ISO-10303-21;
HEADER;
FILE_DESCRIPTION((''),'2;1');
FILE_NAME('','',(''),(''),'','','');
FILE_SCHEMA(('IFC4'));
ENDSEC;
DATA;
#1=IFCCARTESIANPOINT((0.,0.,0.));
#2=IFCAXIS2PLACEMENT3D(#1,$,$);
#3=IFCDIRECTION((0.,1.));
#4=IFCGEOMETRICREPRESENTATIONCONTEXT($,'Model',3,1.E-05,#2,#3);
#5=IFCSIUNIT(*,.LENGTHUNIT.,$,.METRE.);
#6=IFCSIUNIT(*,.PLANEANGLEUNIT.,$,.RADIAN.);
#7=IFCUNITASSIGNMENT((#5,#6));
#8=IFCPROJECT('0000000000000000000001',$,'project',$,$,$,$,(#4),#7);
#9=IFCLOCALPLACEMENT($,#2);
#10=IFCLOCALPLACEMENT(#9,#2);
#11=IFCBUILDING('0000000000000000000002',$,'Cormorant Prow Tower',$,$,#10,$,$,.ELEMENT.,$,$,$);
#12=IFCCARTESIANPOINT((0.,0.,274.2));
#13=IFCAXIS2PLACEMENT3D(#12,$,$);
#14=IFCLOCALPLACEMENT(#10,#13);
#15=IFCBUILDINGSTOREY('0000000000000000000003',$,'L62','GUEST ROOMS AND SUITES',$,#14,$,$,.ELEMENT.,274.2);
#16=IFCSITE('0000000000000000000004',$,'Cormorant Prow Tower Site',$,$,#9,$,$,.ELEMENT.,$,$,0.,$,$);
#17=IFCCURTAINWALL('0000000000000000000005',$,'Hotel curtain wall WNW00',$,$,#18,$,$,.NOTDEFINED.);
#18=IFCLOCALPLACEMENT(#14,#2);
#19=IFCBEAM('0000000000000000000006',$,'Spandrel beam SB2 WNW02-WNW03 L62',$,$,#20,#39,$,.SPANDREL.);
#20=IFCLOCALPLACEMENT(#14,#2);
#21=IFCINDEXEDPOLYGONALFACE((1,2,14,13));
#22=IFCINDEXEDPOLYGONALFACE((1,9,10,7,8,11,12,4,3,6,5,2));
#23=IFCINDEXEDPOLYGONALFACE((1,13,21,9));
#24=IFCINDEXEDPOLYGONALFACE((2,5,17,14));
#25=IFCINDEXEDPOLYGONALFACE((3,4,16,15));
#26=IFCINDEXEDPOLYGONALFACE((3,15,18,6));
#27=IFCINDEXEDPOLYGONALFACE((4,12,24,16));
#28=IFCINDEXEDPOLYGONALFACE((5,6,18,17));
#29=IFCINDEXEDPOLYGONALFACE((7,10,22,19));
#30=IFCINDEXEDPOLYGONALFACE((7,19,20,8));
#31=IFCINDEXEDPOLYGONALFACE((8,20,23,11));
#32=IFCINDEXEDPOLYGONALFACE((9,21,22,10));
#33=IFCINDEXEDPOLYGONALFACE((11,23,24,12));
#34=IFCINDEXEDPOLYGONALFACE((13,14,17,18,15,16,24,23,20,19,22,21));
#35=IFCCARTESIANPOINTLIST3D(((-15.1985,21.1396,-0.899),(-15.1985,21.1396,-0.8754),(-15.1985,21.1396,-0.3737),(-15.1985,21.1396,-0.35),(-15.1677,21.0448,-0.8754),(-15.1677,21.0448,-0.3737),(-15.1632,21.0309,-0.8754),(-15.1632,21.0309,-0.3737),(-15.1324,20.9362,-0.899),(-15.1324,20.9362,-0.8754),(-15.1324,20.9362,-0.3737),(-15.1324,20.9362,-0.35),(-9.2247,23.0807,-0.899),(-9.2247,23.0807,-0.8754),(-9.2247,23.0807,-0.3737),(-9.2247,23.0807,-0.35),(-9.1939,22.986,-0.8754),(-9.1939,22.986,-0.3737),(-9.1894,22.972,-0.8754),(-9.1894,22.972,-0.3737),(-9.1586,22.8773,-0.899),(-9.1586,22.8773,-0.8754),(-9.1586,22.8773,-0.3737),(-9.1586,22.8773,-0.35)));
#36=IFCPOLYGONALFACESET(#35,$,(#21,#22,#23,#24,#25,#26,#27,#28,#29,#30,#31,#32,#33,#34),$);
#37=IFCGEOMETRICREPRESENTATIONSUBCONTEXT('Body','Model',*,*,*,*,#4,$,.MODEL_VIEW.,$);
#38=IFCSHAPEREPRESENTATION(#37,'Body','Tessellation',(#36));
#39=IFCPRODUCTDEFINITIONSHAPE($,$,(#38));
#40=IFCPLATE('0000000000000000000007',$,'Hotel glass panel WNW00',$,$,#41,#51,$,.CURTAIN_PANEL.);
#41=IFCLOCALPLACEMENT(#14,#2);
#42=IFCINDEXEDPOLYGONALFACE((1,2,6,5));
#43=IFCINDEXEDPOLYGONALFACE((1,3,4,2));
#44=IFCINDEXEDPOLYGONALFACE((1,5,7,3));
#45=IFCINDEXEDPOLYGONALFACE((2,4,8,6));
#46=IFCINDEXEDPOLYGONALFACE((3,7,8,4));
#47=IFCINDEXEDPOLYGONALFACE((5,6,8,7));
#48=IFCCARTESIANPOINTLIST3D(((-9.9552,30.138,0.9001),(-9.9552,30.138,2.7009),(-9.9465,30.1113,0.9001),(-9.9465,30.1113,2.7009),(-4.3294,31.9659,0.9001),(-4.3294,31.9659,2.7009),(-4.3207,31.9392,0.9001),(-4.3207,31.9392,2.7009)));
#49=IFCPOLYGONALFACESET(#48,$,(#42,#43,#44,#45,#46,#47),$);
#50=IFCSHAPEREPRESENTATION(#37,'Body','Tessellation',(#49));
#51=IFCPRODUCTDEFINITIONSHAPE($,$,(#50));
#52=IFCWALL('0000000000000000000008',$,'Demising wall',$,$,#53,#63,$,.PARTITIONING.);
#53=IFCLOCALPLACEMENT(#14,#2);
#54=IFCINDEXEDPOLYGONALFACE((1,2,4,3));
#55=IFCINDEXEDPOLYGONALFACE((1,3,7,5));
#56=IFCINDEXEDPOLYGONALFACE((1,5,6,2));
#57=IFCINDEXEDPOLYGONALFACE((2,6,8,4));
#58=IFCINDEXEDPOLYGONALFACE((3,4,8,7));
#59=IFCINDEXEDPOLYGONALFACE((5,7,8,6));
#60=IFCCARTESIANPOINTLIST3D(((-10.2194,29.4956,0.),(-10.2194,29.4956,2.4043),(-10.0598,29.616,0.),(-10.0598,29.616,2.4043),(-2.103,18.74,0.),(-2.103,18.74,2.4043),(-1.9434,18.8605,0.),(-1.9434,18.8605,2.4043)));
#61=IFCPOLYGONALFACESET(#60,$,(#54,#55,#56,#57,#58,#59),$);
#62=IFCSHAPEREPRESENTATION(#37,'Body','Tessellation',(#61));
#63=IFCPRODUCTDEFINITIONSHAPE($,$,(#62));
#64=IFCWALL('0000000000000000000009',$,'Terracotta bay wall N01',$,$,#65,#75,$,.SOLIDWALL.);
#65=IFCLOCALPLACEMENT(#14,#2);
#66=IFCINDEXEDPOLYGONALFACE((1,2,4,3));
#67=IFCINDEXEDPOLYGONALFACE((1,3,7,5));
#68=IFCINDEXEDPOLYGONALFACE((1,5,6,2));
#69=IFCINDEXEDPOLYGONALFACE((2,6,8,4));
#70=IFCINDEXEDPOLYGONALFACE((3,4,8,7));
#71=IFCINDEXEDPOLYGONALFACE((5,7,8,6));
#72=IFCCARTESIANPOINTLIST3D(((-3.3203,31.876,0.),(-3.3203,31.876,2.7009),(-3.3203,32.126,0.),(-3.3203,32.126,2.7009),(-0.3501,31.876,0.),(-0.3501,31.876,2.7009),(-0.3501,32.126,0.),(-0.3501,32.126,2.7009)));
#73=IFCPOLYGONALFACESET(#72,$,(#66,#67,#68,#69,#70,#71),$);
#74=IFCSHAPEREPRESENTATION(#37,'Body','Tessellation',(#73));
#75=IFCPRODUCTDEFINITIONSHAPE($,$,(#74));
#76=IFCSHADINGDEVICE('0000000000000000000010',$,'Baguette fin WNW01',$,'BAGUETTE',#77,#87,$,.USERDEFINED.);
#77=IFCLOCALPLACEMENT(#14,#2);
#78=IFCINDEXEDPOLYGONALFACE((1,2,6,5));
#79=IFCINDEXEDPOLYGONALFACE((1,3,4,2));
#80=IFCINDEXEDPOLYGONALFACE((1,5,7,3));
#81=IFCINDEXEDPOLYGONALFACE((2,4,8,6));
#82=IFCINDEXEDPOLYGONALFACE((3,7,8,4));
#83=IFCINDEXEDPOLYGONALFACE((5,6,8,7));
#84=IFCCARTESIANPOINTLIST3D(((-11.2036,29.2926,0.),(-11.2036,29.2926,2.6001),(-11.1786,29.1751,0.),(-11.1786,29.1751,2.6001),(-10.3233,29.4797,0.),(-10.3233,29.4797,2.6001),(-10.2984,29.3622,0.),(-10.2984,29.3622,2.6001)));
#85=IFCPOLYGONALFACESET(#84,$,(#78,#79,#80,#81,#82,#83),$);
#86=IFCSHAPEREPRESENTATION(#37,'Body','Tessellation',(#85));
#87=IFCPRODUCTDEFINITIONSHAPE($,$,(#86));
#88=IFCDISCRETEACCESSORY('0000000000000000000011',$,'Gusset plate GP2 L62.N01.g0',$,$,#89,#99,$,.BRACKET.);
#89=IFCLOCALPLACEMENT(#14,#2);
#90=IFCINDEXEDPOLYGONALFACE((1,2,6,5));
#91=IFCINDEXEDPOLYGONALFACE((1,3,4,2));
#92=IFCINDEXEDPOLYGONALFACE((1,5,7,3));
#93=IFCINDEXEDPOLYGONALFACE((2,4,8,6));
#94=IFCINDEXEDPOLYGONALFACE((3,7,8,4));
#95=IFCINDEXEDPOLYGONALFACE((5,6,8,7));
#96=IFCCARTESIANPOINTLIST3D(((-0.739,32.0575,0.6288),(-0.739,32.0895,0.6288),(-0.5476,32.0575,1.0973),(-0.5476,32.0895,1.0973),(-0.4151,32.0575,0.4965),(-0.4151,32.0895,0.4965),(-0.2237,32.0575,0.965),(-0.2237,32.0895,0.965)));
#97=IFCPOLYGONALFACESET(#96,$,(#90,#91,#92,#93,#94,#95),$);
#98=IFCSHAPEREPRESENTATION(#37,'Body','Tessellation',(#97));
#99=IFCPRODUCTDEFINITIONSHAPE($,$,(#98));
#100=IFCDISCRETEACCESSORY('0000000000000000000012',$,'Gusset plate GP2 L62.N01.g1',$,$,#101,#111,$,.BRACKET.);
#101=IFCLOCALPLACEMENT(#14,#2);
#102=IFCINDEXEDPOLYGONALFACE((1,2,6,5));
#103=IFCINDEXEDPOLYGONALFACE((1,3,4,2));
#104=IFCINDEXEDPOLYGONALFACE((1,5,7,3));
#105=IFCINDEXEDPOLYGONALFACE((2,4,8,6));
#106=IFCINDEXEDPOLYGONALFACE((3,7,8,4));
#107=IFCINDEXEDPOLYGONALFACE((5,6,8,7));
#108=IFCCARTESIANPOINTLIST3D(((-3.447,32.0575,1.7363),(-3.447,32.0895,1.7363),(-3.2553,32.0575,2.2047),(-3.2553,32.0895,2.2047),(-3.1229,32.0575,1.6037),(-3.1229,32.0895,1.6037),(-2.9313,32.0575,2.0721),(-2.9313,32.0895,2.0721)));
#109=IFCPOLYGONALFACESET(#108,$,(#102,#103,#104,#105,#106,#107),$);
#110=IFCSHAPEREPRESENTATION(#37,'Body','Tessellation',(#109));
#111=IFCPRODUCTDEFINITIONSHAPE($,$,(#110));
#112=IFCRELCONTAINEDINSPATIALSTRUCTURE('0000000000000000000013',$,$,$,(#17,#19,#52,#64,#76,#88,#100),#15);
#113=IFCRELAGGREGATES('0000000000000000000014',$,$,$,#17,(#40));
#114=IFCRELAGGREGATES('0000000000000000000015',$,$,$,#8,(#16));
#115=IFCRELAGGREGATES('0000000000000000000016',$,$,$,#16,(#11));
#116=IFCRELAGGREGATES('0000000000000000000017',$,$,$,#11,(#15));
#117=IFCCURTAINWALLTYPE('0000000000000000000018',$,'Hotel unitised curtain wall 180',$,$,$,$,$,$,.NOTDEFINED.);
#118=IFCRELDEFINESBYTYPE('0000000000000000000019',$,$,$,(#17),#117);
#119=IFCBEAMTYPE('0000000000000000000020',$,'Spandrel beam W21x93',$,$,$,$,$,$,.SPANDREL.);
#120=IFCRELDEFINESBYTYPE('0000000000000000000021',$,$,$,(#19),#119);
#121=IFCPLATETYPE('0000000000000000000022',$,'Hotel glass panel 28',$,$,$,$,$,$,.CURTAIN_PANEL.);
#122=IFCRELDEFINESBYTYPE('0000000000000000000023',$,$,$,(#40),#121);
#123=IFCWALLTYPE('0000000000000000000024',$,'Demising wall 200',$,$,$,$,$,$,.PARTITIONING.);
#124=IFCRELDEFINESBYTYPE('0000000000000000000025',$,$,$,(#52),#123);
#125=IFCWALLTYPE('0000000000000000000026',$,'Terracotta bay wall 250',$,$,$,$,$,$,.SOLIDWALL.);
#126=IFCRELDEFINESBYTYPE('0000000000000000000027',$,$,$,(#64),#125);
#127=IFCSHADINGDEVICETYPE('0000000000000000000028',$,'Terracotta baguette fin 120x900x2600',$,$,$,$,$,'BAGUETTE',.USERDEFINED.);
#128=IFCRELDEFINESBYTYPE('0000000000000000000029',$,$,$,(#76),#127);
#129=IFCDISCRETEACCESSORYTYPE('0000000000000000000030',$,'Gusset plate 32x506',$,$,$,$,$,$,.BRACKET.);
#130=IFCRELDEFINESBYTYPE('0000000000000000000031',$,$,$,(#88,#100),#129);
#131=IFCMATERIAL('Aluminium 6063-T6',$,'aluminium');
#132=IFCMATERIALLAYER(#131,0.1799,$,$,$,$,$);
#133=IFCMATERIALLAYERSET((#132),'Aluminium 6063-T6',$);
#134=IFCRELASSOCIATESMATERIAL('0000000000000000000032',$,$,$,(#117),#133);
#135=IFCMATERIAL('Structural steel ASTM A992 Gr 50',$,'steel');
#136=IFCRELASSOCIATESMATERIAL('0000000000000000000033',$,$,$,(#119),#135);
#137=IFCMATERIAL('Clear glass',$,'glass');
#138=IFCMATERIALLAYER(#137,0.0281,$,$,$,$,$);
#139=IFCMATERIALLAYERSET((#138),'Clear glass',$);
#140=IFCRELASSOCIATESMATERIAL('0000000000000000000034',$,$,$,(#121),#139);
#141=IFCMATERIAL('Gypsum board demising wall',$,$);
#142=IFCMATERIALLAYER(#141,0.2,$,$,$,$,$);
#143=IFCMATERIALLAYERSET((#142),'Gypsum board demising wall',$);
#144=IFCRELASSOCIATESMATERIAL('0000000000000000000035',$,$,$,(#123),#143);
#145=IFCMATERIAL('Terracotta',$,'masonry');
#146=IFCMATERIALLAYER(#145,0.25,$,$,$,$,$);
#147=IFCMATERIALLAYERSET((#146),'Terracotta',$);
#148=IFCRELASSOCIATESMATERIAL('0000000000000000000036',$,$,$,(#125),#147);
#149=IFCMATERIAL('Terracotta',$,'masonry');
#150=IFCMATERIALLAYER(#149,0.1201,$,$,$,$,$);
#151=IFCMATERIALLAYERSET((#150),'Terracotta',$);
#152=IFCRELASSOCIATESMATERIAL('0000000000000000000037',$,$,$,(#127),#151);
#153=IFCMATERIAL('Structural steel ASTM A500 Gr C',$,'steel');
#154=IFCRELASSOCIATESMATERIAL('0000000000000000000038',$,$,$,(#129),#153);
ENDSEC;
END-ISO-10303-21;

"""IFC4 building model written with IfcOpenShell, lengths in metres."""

from ifc_helpers import new_model, si_unit, direction, frame, frame_2d, origin, origin_2d, place, context, subcontext, project, spatial, rectangle, i_section, extrude, material, layer, layer_set, material_profile, profile_set, type_object, element, aggregate, save


model = new_model("IFC4")

# Units and contexts
model_context = context("Model", 3, precision=1e-05, world=origin(), true_north=direction((0.0, 1.0)))
body_context = subcontext(model_context, "Body", "Model", "MODEL_VIEW")
ifc_project = project(units=[si_unit("LENGTHUNIT", "METRE"), si_unit("PLANEANGLEUNIT", "RADIAN")], contexts=[model_context])

# Site, building, storey
site_placement = place(None, origin())
site = spatial("IfcSite", under=ifc_project, at=site_placement, Name="Cormorant Prow Tower Site", CompositionType="ELEMENT", RefElevation=0.0)
building_placement = place(site_placement, origin())
building = spatial("IfcBuilding", under=site, at=building_placement, Name="Cormorant Prow Tower", CompositionType="ELEMENT")
storey_placement = place(building_placement, frame((0.0, 0.0, 274.2)))
storey = spatial("IfcBuildingStorey", under=building, at=storey_placement, Name="L62", Description="GUEST ROOMS AND SUITES", CompositionType="ELEMENT", Elevation=274.2)

# Curtain wall
ifc_material_1 = material(Name="Aluminium 6063-T6", Category="aluminium")
ifc_layer_1 = layer(ifc_material_1, 0.1799)
ifc_layer_set_1 = layer_set([ifc_layer_1], Name="Aluminium 6063-T6")
curtain_wall_type = type_object("IfcCurtainWallType", Name="Hotel unitised curtain wall 180", PredefinedType="NOTDEFINED", material=ifc_layer_set_1)
curtain_wall_1_placement = place(storey_placement, origin())
curtain_wall_1 = element("IfcCurtainWall", 1, at=curtain_wall_1_placement, inside=storey, type_object=curtain_wall_type, Name="Hotel curtain wall WNW00", PredefinedType="NOTDEFINED")

# Beam
ifc_material_2 = material(Name="Structural steel ASTM A992 Gr 50", Category="steel")
ifc_material_profile_1 = material_profile(ifc_material_2, i_section(OverallWidth=0.2139, OverallDepth=0.5491, WebThickness=0.0146, FlangeThickness=0.0237, at=origin_2d()), Name="W21x93")
ifc_profile_set_1 = profile_set([ifc_material_profile_1], Name="Structural steel ASTM A992 Gr 50")
beam_type = type_object("IfcBeamType", Name="Spandrel beam W21x93", PredefinedType="SPANDREL", material=ifc_profile_set_1)
beam_1_placement = place(storey_placement, frame((-9.1917, 22.979, -0.6245), z_axis=(-0.95105, -0.309036, 0.0), x_axis=(0.309036, -0.95105, 0.0)))
element("IfcBeam", 2, at=beam_1_placement, inside=storey, type_object=beam_type, Name="Spandrel beam SB2 WNW02-WNW03 L62", PredefinedType="SPANDREL", context=body_context, shape_type="SweptSolid", body=[
    extrude(i_section(OverallWidth=0.2139, OverallDepth=0.5491, WebThickness=0.0146, FlangeThickness=0.0237, at=origin_2d()), origin(), (0.0, 0.0, 1.0), 6.2812),
])

# Plate
ifc_material_3 = material(Name="Clear glass", Category="glass")
ifc_layer_2 = layer(ifc_material_3, 0.0281)
ifc_layer_set_2 = layer_set([ifc_layer_2], Name="Clear glass")
plate_type = type_object("IfcPlateType", Name="Hotel glass panel 28", PredefinedType="CURTAIN_PANEL", material=ifc_layer_set_2)
plate_placement = place(storey_placement, frame((-7.1379, 31.0386, 0.9001), z_axis=(0.0, 0.0, 1.0), x_axis=(-0.951057, -0.309017, 0.0)))
plate = element("IfcPlate", 3, at=plate_placement, type_object=plate_type, Name="Hotel glass panel WNW00", PredefinedType="CURTAIN_PANEL", context=body_context, shape_type="SweptSolid", body=[
    extrude(rectangle(XDim=5.9153, YDim=0.0281, at=origin_2d()), origin(), (0.0, 0.0, 1.0), 1.8008),
])
aggregate(curtain_wall_1, [plate])

# Walls
ifc_material_4 = material(Name="Gypsum board demising wall")
ifc_layer_3 = layer(ifc_material_4, 0.2)
ifc_layer_set_3 = layer_set([ifc_layer_3], Name="Gypsum board demising wall")
wall_type_1 = type_object("IfcWallType", Name="Demising wall 200", PredefinedType="PARTITIONING", material=ifc_layer_set_3)
wall_1_placement = place(storey_placement, frame((-10.1396, 29.5559, 0.0), z_axis=(0.0, 0.0, 1.0), x_axis=(0.60236, -0.798224, 0.0)))
element("IfcWall", 4, at=wall_1_placement, inside=storey, type_object=wall_type_1, Name="Demising wall", PredefinedType="PARTITIONING", context=body_context, shape_type="SweptSolid", body=[
    extrude(rectangle(XDim=13.4744, YDim=0.2, at=frame_2d((6.7373, 0.0))), origin(), (0.0, 0.0, 1.0), 2.4043),
])
ifc_material_5 = material(Name="Terracotta", Category="masonry")
ifc_layer_4 = layer(ifc_material_5, 0.25)
ifc_layer_set_4 = layer_set([ifc_layer_4], Name="Terracotta")
wall_type_2 = type_object("IfcWallType", Name="Terracotta bay wall 250", PredefinedType="SOLIDWALL", material=ifc_layer_set_4)
wall_2_placement = place(storey_placement, frame((-0.3501, 32.001, 0.0), z_axis=(0.0, 0.0, 1.0), x_axis=(-1.0, 0.0, 0.0)))
element("IfcWall", 5, at=wall_2_placement, inside=storey, type_object=wall_type_2, Name="Terracotta bay wall N01", PredefinedType="SOLIDWALL", context=body_context, shape_type="SweptSolid", body=[
    extrude(rectangle(XDim=2.9702, YDim=0.25, at=frame_2d((1.4851, 0.0))), origin(), (0.0, 0.0, 1.0), 2.7009),
])

# Shading device
ifc_material_6 = material(Name="Terracotta", Category="masonry")
ifc_layer_5 = layer(ifc_material_6, 0.1201)
ifc_layer_set_5 = layer_set([ifc_layer_5], Name="Terracotta")
shading_device_type = type_object("IfcShadingDeviceType", Name="Terracotta baguette fin 120x900x2600", ElementType="BAGUETTE", PredefinedType="USERDEFINED", material=ifc_layer_set_5)
shading_device_placement = place(storey_placement, frame((-10.751, 29.3274, 0.0), z_axis=(0.0, 0.0, 1.0), x_axis=(0.207912, -0.978148, 0.0)))
element("IfcShadingDevice", 6, at=shading_device_placement, inside=storey, type_object=shading_device_type, Name="Baguette fin WNW01", ObjectType="BAGUETTE", PredefinedType="USERDEFINED", context=body_context, shape_type="SweptSolid", body=[
    extrude(rectangle(XDim=0.1201, YDim=0.8999, at=origin_2d()), origin(), (0.0, 0.0, 1.0), 2.6001),
])

# Discrete accessories
ifc_material_7 = material(Name="Structural steel ASTM A500 Gr C", Category="steel")
ifc_material_profile_2 = material_profile(ifc_material_7, rectangle(XDim=0.032, YDim=0.5061, at=origin_2d()), Name="Gusset plate 32x506")
ifc_profile_set_2 = profile_set([ifc_material_profile_2], Name="Structural steel ASTM A500 Gr C")
discrete_accessory_type = type_object("IfcDiscreteAccessoryType", Name="Gusset plate 32x506", PredefinedType="BRACKET", material=ifc_profile_set_2)
discrete_accessory_1_placement = place(storey_placement, frame((-0.6433, 32.0735, 0.863), z_axis=(0.925758, 0.0, -0.378117), x_axis=(0.0, 1.0, 0.0)))
element("IfcDiscreteAccessory", 7, at=discrete_accessory_1_placement, inside=storey, type_object=discrete_accessory_type, Name="Gusset plate GP2 L62.N01.g0", PredefinedType="BRACKET", context=body_context, shape_type="SweptSolid", body=[
    extrude(rectangle(XDim=0.032, YDim=0.5061, at=origin_2d()), origin(), (0.0, 0.0, 1.0), 0.3499),
])
discrete_accessory_2_placement = place(storey_placement, frame((-3.0271, 32.0735, 1.8379), z_axis=(-0.925514, 0.0, 0.378714), x_axis=(0.0, -1.0, 0.0)))
element("IfcDiscreteAccessory", 8, at=discrete_accessory_2_placement, inside=storey, type_object=discrete_accessory_type, Name="Gusset plate GP2 L62.N01.g1", PredefinedType="BRACKET", context=body_context, shape_type="SweptSolid", body=[
    extrude(rectangle(XDim=0.032, YDim=0.5061, at=origin_2d()), origin(), (0.0, 0.0, 1.0), 0.3501),
])

save(model, "model.ifc")
